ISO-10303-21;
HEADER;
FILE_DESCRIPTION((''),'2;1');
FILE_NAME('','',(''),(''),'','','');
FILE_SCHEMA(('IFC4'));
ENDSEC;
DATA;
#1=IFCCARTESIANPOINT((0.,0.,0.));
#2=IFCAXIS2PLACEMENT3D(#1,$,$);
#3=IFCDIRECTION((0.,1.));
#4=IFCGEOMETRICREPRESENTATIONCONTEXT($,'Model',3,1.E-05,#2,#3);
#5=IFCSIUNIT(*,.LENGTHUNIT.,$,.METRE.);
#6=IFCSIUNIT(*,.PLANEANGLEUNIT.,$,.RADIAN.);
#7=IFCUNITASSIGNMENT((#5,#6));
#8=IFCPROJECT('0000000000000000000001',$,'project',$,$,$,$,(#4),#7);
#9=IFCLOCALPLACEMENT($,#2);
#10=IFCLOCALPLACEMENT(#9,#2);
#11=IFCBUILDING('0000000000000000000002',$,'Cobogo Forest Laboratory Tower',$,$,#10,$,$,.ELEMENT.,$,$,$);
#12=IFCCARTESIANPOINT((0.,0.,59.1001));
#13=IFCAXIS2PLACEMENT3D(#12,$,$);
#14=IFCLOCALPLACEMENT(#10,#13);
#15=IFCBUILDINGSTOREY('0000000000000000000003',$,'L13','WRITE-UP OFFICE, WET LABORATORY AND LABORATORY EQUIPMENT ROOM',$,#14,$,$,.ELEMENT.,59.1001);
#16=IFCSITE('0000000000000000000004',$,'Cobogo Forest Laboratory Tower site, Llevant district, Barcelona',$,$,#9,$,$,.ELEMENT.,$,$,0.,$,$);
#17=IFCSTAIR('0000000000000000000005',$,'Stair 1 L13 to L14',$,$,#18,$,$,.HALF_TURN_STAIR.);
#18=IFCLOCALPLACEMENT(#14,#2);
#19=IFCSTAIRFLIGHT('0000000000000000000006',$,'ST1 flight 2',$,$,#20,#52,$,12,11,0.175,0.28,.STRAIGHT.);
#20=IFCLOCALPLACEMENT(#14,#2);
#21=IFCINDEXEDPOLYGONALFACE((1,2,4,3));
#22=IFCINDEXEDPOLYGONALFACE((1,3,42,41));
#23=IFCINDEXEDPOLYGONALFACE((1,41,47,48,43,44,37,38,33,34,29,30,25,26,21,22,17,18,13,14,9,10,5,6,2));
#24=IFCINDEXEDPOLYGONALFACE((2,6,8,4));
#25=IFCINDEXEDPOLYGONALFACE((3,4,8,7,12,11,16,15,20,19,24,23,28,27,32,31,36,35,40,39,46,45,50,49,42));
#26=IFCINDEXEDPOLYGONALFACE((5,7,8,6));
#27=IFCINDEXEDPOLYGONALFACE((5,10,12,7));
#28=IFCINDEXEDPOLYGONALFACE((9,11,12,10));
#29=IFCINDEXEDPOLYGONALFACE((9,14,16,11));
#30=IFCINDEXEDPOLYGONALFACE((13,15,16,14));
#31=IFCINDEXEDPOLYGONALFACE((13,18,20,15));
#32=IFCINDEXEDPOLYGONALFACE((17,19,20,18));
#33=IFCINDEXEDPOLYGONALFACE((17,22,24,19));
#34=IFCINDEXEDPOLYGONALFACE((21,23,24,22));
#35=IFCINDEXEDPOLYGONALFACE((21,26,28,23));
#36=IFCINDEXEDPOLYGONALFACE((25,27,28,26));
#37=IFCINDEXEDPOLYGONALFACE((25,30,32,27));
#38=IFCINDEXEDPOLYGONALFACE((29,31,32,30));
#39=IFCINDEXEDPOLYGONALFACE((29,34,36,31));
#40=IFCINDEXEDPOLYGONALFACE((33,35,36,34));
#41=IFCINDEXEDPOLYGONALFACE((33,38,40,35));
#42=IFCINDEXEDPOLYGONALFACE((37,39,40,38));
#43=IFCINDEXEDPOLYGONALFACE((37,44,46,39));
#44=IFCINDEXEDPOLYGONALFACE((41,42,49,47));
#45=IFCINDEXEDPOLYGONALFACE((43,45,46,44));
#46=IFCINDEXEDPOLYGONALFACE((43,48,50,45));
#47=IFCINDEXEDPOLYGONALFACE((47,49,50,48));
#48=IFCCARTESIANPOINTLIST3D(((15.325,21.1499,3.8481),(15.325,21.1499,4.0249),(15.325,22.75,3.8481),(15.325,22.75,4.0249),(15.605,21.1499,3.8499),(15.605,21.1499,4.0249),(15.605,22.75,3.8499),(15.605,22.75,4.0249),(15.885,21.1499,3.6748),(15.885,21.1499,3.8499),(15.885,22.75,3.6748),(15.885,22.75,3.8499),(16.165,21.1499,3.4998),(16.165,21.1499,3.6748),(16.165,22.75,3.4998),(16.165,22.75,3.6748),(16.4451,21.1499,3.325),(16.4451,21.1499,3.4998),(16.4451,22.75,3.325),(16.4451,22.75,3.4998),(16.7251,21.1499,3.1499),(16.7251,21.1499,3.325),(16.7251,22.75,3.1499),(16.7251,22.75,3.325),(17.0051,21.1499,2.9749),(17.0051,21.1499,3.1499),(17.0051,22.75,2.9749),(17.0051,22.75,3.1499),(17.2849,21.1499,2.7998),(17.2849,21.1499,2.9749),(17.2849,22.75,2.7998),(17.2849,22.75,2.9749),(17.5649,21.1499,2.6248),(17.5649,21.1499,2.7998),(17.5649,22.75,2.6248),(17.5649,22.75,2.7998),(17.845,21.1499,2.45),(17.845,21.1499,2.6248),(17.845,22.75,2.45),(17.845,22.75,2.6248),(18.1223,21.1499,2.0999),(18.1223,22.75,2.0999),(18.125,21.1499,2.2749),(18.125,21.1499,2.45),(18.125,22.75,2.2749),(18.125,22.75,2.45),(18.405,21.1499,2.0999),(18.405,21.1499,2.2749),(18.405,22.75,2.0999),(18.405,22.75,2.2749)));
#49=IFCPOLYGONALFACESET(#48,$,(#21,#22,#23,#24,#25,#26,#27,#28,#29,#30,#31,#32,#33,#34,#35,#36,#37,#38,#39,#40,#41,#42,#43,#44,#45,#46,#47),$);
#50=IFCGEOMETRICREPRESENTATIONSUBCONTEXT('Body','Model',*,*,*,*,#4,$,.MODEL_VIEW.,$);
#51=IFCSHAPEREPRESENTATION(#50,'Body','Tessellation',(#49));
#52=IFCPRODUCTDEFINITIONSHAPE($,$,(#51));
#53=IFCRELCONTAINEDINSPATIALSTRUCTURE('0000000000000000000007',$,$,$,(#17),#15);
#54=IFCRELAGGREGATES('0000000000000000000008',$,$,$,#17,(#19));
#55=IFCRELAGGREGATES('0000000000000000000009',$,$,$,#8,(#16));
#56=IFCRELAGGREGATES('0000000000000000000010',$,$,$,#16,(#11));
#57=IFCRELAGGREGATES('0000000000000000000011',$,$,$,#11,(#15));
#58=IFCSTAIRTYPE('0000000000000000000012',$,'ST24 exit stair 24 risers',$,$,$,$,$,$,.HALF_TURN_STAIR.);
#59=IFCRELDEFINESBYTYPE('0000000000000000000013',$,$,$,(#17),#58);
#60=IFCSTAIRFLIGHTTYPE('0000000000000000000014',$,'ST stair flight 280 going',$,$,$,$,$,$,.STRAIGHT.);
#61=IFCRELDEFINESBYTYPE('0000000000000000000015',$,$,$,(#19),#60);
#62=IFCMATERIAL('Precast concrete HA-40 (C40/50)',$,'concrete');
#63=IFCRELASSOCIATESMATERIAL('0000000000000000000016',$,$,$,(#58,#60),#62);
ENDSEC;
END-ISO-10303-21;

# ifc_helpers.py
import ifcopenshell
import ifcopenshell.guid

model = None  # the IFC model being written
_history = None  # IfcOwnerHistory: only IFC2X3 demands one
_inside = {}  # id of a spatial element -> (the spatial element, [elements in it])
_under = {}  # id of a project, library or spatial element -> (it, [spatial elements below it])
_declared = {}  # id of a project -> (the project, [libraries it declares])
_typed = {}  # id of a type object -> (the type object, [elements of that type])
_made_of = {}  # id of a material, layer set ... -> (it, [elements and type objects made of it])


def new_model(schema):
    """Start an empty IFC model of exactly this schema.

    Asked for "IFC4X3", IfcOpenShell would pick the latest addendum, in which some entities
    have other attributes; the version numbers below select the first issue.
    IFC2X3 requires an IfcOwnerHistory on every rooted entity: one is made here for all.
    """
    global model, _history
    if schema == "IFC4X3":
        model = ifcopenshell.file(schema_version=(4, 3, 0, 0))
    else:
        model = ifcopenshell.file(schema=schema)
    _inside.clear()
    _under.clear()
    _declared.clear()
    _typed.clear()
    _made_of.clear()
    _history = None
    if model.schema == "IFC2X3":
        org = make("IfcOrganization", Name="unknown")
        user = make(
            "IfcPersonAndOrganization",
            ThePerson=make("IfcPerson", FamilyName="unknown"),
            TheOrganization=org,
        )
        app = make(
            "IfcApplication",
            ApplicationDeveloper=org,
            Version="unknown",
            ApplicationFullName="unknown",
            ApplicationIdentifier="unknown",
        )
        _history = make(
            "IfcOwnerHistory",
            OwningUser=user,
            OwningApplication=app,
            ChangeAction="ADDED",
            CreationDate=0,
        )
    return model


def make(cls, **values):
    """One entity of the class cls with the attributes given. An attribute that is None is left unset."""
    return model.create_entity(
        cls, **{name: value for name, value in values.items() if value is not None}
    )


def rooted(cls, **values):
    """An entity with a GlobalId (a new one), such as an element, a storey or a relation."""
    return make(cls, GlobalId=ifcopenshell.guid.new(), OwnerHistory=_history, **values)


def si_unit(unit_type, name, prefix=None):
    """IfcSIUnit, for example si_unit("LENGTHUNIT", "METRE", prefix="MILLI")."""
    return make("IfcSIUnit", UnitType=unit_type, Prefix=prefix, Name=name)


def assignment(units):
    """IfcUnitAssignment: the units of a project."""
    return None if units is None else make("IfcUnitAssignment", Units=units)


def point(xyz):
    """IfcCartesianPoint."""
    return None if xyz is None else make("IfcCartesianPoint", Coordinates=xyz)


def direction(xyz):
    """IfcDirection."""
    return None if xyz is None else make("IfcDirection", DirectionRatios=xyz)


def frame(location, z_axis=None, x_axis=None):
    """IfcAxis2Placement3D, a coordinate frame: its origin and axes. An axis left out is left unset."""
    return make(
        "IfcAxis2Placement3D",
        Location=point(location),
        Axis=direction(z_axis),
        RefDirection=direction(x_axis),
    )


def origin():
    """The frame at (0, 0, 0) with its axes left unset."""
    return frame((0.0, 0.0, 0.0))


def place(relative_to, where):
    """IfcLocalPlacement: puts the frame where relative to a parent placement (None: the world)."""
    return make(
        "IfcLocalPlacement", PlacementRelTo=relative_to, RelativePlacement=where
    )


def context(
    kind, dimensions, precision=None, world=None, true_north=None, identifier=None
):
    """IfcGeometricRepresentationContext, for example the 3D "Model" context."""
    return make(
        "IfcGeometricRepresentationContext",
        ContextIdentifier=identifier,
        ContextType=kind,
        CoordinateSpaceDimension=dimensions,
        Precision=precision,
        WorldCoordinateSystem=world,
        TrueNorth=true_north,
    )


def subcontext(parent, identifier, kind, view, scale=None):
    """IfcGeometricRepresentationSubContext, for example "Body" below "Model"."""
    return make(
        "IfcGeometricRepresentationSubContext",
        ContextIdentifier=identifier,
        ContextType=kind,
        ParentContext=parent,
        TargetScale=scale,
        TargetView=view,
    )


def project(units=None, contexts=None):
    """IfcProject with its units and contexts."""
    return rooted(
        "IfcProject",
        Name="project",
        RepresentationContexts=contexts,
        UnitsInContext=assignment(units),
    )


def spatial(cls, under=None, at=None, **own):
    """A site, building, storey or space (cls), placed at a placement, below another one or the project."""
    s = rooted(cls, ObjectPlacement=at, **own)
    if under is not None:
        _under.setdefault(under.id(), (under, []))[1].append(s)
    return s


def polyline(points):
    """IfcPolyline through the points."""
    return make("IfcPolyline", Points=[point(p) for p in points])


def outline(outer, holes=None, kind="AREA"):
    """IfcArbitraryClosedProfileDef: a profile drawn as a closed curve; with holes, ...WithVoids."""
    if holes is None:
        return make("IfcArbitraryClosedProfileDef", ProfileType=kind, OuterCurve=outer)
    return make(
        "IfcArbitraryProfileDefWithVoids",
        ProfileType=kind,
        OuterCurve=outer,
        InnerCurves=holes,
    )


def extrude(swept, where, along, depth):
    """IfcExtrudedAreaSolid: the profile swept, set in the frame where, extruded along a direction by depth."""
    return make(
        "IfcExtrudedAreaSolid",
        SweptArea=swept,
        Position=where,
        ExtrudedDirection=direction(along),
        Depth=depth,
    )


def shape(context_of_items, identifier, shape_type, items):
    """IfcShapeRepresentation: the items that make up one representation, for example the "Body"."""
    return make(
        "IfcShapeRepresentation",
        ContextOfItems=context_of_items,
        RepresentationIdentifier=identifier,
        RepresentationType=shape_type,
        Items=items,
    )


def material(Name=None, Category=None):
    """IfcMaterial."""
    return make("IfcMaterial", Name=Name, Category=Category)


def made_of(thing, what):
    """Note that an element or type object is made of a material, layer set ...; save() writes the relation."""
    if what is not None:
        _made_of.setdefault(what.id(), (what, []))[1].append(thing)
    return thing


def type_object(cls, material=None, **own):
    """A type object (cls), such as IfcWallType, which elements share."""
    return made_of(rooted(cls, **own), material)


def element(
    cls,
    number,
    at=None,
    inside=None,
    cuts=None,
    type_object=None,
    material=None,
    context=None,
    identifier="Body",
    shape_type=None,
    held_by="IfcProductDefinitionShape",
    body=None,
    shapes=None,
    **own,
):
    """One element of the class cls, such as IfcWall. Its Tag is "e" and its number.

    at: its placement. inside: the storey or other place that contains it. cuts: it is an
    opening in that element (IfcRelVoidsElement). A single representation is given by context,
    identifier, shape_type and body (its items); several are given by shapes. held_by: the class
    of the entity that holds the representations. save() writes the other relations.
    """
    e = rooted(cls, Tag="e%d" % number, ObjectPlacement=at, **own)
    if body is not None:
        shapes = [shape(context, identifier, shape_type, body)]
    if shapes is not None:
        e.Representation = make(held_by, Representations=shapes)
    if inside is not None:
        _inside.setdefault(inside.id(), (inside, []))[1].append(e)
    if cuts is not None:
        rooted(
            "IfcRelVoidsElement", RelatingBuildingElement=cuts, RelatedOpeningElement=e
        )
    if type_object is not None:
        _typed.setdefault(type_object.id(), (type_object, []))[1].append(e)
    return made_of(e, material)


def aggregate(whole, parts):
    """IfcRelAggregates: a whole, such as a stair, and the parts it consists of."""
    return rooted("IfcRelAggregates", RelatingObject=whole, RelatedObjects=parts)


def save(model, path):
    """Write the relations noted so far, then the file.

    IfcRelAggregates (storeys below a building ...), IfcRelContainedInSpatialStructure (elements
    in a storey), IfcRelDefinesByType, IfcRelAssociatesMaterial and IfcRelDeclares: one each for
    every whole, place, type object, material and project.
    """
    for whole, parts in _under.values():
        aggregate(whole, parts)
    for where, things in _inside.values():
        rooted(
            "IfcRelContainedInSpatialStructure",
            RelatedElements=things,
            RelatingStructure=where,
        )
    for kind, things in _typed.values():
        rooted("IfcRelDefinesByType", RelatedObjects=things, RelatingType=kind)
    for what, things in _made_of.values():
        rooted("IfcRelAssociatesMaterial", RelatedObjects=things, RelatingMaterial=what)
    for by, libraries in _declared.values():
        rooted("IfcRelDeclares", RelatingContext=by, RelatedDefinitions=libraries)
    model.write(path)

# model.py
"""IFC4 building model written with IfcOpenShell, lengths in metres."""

from ifc_helpers import new_model, si_unit, direction, frame, origin, place, context, subcontext, project, spatial, polyline, outline, extrude, material, type_object, element, aggregate, save


model = new_model("IFC4")

# Units and contexts
model_context = context("Model", 3, precision=1e-05, world=origin(), true_north=direction((0.0, 1.0)))
body_context = subcontext(model_context, "Body", "Model", "MODEL_VIEW")
ifc_project = project(units=[si_unit("LENGTHUNIT", "METRE"), si_unit("PLANEANGLEUNIT", "RADIAN")], contexts=[model_context])

# Site, building, storey
site_placement = place(None, origin())
site = spatial("IfcSite", under=ifc_project, at=site_placement, Name="Cobogo Forest Laboratory Tower site, Llevant district, Barcelona", CompositionType="ELEMENT", RefElevation=0.0)
building_placement = place(site_placement, origin())
building = spatial("IfcBuilding", under=site, at=building_placement, Name="Cobogo Forest Laboratory Tower", CompositionType="ELEMENT")
storey_placement = place(building_placement, frame((0.0, 0.0, 59.1001)))
storey = spatial("IfcBuildingStorey", under=building, at=storey_placement, Name="L13", Description="WRITE-UP OFFICE, WET LABORATORY AND LABORATORY EQUIPMENT ROOM", CompositionType="ELEMENT", Elevation=59.1001)

# Stair, stair flight
ifc_material_1 = material(Name="Precast concrete HA-40 (C40/50)", Category="concrete")
stair_type = type_object("IfcStairType", Name="ST24 exit stair 24 risers", PredefinedType="HALF_TURN_STAIR", material=ifc_material_1)
stair_placement = place(storey_placement, origin())
stair = element("IfcStair", 1, at=stair_placement, inside=storey, type_object=stair_type, Name="Stair 1 L13 to L14", PredefinedType="HALF_TURN_STAIR")
stair_flight_type = type_object("IfcStairFlightType", Name="ST stair flight 280 going", PredefinedType="STRAIGHT", material=ifc_material_1)
stair_flight_placement = place(storey_placement, frame((18.405, 21.95, 2.0999), z_axis=(0.0, 0.0, 1.0), x_axis=(-1.0, 0.0, 0.0)))
stair_flight = element("IfcStairFlight", 2, at=stair_flight_placement, type_object=stair_flight_type, Name="ST1 flight 2", NumberOfRisers=12, NumberOfTreads=11, PredefinedType="STRAIGHT", RiserHeight=0.175, TreadLength=0.28, context=body_context, shape_type="SweptSolid", body=[
    extrude(outline(polyline([(0.0, 0.0), (0.0, 0.175), (0.28, 0.175), (0.28, 0.3501), (0.5601, 0.3501), (0.5601, 0.5249), (0.8401, 0.5249), (0.8401, 0.7), (1.1201, 0.7), (1.1201, 0.875), (1.3999, 0.875), (1.3999, 1.05), (1.6799, 1.05), (1.6799, 1.2251), (1.96, 1.2251), (1.96, 1.3999), (2.24, 1.3999), (2.24, 1.575), (2.52, 1.575), (2.52, 1.75), (2.8, 1.75), (2.8, 1.925), (3.0801, 1.925), (3.0801, 2.1001), (3.0801, 1.7483), (0.2827, 0.0), (0.0, 0.0)])), frame((0.0, 0.8, 0.0), z_axis=(0.0, -1.0, 0.0), x_axis=(1.0, 0.0, 0.0)), (0.0, 0.0, 1.0), 1.6001),
])
aggregate(stair, [stair_flight])

save(model, "model.ifc")
